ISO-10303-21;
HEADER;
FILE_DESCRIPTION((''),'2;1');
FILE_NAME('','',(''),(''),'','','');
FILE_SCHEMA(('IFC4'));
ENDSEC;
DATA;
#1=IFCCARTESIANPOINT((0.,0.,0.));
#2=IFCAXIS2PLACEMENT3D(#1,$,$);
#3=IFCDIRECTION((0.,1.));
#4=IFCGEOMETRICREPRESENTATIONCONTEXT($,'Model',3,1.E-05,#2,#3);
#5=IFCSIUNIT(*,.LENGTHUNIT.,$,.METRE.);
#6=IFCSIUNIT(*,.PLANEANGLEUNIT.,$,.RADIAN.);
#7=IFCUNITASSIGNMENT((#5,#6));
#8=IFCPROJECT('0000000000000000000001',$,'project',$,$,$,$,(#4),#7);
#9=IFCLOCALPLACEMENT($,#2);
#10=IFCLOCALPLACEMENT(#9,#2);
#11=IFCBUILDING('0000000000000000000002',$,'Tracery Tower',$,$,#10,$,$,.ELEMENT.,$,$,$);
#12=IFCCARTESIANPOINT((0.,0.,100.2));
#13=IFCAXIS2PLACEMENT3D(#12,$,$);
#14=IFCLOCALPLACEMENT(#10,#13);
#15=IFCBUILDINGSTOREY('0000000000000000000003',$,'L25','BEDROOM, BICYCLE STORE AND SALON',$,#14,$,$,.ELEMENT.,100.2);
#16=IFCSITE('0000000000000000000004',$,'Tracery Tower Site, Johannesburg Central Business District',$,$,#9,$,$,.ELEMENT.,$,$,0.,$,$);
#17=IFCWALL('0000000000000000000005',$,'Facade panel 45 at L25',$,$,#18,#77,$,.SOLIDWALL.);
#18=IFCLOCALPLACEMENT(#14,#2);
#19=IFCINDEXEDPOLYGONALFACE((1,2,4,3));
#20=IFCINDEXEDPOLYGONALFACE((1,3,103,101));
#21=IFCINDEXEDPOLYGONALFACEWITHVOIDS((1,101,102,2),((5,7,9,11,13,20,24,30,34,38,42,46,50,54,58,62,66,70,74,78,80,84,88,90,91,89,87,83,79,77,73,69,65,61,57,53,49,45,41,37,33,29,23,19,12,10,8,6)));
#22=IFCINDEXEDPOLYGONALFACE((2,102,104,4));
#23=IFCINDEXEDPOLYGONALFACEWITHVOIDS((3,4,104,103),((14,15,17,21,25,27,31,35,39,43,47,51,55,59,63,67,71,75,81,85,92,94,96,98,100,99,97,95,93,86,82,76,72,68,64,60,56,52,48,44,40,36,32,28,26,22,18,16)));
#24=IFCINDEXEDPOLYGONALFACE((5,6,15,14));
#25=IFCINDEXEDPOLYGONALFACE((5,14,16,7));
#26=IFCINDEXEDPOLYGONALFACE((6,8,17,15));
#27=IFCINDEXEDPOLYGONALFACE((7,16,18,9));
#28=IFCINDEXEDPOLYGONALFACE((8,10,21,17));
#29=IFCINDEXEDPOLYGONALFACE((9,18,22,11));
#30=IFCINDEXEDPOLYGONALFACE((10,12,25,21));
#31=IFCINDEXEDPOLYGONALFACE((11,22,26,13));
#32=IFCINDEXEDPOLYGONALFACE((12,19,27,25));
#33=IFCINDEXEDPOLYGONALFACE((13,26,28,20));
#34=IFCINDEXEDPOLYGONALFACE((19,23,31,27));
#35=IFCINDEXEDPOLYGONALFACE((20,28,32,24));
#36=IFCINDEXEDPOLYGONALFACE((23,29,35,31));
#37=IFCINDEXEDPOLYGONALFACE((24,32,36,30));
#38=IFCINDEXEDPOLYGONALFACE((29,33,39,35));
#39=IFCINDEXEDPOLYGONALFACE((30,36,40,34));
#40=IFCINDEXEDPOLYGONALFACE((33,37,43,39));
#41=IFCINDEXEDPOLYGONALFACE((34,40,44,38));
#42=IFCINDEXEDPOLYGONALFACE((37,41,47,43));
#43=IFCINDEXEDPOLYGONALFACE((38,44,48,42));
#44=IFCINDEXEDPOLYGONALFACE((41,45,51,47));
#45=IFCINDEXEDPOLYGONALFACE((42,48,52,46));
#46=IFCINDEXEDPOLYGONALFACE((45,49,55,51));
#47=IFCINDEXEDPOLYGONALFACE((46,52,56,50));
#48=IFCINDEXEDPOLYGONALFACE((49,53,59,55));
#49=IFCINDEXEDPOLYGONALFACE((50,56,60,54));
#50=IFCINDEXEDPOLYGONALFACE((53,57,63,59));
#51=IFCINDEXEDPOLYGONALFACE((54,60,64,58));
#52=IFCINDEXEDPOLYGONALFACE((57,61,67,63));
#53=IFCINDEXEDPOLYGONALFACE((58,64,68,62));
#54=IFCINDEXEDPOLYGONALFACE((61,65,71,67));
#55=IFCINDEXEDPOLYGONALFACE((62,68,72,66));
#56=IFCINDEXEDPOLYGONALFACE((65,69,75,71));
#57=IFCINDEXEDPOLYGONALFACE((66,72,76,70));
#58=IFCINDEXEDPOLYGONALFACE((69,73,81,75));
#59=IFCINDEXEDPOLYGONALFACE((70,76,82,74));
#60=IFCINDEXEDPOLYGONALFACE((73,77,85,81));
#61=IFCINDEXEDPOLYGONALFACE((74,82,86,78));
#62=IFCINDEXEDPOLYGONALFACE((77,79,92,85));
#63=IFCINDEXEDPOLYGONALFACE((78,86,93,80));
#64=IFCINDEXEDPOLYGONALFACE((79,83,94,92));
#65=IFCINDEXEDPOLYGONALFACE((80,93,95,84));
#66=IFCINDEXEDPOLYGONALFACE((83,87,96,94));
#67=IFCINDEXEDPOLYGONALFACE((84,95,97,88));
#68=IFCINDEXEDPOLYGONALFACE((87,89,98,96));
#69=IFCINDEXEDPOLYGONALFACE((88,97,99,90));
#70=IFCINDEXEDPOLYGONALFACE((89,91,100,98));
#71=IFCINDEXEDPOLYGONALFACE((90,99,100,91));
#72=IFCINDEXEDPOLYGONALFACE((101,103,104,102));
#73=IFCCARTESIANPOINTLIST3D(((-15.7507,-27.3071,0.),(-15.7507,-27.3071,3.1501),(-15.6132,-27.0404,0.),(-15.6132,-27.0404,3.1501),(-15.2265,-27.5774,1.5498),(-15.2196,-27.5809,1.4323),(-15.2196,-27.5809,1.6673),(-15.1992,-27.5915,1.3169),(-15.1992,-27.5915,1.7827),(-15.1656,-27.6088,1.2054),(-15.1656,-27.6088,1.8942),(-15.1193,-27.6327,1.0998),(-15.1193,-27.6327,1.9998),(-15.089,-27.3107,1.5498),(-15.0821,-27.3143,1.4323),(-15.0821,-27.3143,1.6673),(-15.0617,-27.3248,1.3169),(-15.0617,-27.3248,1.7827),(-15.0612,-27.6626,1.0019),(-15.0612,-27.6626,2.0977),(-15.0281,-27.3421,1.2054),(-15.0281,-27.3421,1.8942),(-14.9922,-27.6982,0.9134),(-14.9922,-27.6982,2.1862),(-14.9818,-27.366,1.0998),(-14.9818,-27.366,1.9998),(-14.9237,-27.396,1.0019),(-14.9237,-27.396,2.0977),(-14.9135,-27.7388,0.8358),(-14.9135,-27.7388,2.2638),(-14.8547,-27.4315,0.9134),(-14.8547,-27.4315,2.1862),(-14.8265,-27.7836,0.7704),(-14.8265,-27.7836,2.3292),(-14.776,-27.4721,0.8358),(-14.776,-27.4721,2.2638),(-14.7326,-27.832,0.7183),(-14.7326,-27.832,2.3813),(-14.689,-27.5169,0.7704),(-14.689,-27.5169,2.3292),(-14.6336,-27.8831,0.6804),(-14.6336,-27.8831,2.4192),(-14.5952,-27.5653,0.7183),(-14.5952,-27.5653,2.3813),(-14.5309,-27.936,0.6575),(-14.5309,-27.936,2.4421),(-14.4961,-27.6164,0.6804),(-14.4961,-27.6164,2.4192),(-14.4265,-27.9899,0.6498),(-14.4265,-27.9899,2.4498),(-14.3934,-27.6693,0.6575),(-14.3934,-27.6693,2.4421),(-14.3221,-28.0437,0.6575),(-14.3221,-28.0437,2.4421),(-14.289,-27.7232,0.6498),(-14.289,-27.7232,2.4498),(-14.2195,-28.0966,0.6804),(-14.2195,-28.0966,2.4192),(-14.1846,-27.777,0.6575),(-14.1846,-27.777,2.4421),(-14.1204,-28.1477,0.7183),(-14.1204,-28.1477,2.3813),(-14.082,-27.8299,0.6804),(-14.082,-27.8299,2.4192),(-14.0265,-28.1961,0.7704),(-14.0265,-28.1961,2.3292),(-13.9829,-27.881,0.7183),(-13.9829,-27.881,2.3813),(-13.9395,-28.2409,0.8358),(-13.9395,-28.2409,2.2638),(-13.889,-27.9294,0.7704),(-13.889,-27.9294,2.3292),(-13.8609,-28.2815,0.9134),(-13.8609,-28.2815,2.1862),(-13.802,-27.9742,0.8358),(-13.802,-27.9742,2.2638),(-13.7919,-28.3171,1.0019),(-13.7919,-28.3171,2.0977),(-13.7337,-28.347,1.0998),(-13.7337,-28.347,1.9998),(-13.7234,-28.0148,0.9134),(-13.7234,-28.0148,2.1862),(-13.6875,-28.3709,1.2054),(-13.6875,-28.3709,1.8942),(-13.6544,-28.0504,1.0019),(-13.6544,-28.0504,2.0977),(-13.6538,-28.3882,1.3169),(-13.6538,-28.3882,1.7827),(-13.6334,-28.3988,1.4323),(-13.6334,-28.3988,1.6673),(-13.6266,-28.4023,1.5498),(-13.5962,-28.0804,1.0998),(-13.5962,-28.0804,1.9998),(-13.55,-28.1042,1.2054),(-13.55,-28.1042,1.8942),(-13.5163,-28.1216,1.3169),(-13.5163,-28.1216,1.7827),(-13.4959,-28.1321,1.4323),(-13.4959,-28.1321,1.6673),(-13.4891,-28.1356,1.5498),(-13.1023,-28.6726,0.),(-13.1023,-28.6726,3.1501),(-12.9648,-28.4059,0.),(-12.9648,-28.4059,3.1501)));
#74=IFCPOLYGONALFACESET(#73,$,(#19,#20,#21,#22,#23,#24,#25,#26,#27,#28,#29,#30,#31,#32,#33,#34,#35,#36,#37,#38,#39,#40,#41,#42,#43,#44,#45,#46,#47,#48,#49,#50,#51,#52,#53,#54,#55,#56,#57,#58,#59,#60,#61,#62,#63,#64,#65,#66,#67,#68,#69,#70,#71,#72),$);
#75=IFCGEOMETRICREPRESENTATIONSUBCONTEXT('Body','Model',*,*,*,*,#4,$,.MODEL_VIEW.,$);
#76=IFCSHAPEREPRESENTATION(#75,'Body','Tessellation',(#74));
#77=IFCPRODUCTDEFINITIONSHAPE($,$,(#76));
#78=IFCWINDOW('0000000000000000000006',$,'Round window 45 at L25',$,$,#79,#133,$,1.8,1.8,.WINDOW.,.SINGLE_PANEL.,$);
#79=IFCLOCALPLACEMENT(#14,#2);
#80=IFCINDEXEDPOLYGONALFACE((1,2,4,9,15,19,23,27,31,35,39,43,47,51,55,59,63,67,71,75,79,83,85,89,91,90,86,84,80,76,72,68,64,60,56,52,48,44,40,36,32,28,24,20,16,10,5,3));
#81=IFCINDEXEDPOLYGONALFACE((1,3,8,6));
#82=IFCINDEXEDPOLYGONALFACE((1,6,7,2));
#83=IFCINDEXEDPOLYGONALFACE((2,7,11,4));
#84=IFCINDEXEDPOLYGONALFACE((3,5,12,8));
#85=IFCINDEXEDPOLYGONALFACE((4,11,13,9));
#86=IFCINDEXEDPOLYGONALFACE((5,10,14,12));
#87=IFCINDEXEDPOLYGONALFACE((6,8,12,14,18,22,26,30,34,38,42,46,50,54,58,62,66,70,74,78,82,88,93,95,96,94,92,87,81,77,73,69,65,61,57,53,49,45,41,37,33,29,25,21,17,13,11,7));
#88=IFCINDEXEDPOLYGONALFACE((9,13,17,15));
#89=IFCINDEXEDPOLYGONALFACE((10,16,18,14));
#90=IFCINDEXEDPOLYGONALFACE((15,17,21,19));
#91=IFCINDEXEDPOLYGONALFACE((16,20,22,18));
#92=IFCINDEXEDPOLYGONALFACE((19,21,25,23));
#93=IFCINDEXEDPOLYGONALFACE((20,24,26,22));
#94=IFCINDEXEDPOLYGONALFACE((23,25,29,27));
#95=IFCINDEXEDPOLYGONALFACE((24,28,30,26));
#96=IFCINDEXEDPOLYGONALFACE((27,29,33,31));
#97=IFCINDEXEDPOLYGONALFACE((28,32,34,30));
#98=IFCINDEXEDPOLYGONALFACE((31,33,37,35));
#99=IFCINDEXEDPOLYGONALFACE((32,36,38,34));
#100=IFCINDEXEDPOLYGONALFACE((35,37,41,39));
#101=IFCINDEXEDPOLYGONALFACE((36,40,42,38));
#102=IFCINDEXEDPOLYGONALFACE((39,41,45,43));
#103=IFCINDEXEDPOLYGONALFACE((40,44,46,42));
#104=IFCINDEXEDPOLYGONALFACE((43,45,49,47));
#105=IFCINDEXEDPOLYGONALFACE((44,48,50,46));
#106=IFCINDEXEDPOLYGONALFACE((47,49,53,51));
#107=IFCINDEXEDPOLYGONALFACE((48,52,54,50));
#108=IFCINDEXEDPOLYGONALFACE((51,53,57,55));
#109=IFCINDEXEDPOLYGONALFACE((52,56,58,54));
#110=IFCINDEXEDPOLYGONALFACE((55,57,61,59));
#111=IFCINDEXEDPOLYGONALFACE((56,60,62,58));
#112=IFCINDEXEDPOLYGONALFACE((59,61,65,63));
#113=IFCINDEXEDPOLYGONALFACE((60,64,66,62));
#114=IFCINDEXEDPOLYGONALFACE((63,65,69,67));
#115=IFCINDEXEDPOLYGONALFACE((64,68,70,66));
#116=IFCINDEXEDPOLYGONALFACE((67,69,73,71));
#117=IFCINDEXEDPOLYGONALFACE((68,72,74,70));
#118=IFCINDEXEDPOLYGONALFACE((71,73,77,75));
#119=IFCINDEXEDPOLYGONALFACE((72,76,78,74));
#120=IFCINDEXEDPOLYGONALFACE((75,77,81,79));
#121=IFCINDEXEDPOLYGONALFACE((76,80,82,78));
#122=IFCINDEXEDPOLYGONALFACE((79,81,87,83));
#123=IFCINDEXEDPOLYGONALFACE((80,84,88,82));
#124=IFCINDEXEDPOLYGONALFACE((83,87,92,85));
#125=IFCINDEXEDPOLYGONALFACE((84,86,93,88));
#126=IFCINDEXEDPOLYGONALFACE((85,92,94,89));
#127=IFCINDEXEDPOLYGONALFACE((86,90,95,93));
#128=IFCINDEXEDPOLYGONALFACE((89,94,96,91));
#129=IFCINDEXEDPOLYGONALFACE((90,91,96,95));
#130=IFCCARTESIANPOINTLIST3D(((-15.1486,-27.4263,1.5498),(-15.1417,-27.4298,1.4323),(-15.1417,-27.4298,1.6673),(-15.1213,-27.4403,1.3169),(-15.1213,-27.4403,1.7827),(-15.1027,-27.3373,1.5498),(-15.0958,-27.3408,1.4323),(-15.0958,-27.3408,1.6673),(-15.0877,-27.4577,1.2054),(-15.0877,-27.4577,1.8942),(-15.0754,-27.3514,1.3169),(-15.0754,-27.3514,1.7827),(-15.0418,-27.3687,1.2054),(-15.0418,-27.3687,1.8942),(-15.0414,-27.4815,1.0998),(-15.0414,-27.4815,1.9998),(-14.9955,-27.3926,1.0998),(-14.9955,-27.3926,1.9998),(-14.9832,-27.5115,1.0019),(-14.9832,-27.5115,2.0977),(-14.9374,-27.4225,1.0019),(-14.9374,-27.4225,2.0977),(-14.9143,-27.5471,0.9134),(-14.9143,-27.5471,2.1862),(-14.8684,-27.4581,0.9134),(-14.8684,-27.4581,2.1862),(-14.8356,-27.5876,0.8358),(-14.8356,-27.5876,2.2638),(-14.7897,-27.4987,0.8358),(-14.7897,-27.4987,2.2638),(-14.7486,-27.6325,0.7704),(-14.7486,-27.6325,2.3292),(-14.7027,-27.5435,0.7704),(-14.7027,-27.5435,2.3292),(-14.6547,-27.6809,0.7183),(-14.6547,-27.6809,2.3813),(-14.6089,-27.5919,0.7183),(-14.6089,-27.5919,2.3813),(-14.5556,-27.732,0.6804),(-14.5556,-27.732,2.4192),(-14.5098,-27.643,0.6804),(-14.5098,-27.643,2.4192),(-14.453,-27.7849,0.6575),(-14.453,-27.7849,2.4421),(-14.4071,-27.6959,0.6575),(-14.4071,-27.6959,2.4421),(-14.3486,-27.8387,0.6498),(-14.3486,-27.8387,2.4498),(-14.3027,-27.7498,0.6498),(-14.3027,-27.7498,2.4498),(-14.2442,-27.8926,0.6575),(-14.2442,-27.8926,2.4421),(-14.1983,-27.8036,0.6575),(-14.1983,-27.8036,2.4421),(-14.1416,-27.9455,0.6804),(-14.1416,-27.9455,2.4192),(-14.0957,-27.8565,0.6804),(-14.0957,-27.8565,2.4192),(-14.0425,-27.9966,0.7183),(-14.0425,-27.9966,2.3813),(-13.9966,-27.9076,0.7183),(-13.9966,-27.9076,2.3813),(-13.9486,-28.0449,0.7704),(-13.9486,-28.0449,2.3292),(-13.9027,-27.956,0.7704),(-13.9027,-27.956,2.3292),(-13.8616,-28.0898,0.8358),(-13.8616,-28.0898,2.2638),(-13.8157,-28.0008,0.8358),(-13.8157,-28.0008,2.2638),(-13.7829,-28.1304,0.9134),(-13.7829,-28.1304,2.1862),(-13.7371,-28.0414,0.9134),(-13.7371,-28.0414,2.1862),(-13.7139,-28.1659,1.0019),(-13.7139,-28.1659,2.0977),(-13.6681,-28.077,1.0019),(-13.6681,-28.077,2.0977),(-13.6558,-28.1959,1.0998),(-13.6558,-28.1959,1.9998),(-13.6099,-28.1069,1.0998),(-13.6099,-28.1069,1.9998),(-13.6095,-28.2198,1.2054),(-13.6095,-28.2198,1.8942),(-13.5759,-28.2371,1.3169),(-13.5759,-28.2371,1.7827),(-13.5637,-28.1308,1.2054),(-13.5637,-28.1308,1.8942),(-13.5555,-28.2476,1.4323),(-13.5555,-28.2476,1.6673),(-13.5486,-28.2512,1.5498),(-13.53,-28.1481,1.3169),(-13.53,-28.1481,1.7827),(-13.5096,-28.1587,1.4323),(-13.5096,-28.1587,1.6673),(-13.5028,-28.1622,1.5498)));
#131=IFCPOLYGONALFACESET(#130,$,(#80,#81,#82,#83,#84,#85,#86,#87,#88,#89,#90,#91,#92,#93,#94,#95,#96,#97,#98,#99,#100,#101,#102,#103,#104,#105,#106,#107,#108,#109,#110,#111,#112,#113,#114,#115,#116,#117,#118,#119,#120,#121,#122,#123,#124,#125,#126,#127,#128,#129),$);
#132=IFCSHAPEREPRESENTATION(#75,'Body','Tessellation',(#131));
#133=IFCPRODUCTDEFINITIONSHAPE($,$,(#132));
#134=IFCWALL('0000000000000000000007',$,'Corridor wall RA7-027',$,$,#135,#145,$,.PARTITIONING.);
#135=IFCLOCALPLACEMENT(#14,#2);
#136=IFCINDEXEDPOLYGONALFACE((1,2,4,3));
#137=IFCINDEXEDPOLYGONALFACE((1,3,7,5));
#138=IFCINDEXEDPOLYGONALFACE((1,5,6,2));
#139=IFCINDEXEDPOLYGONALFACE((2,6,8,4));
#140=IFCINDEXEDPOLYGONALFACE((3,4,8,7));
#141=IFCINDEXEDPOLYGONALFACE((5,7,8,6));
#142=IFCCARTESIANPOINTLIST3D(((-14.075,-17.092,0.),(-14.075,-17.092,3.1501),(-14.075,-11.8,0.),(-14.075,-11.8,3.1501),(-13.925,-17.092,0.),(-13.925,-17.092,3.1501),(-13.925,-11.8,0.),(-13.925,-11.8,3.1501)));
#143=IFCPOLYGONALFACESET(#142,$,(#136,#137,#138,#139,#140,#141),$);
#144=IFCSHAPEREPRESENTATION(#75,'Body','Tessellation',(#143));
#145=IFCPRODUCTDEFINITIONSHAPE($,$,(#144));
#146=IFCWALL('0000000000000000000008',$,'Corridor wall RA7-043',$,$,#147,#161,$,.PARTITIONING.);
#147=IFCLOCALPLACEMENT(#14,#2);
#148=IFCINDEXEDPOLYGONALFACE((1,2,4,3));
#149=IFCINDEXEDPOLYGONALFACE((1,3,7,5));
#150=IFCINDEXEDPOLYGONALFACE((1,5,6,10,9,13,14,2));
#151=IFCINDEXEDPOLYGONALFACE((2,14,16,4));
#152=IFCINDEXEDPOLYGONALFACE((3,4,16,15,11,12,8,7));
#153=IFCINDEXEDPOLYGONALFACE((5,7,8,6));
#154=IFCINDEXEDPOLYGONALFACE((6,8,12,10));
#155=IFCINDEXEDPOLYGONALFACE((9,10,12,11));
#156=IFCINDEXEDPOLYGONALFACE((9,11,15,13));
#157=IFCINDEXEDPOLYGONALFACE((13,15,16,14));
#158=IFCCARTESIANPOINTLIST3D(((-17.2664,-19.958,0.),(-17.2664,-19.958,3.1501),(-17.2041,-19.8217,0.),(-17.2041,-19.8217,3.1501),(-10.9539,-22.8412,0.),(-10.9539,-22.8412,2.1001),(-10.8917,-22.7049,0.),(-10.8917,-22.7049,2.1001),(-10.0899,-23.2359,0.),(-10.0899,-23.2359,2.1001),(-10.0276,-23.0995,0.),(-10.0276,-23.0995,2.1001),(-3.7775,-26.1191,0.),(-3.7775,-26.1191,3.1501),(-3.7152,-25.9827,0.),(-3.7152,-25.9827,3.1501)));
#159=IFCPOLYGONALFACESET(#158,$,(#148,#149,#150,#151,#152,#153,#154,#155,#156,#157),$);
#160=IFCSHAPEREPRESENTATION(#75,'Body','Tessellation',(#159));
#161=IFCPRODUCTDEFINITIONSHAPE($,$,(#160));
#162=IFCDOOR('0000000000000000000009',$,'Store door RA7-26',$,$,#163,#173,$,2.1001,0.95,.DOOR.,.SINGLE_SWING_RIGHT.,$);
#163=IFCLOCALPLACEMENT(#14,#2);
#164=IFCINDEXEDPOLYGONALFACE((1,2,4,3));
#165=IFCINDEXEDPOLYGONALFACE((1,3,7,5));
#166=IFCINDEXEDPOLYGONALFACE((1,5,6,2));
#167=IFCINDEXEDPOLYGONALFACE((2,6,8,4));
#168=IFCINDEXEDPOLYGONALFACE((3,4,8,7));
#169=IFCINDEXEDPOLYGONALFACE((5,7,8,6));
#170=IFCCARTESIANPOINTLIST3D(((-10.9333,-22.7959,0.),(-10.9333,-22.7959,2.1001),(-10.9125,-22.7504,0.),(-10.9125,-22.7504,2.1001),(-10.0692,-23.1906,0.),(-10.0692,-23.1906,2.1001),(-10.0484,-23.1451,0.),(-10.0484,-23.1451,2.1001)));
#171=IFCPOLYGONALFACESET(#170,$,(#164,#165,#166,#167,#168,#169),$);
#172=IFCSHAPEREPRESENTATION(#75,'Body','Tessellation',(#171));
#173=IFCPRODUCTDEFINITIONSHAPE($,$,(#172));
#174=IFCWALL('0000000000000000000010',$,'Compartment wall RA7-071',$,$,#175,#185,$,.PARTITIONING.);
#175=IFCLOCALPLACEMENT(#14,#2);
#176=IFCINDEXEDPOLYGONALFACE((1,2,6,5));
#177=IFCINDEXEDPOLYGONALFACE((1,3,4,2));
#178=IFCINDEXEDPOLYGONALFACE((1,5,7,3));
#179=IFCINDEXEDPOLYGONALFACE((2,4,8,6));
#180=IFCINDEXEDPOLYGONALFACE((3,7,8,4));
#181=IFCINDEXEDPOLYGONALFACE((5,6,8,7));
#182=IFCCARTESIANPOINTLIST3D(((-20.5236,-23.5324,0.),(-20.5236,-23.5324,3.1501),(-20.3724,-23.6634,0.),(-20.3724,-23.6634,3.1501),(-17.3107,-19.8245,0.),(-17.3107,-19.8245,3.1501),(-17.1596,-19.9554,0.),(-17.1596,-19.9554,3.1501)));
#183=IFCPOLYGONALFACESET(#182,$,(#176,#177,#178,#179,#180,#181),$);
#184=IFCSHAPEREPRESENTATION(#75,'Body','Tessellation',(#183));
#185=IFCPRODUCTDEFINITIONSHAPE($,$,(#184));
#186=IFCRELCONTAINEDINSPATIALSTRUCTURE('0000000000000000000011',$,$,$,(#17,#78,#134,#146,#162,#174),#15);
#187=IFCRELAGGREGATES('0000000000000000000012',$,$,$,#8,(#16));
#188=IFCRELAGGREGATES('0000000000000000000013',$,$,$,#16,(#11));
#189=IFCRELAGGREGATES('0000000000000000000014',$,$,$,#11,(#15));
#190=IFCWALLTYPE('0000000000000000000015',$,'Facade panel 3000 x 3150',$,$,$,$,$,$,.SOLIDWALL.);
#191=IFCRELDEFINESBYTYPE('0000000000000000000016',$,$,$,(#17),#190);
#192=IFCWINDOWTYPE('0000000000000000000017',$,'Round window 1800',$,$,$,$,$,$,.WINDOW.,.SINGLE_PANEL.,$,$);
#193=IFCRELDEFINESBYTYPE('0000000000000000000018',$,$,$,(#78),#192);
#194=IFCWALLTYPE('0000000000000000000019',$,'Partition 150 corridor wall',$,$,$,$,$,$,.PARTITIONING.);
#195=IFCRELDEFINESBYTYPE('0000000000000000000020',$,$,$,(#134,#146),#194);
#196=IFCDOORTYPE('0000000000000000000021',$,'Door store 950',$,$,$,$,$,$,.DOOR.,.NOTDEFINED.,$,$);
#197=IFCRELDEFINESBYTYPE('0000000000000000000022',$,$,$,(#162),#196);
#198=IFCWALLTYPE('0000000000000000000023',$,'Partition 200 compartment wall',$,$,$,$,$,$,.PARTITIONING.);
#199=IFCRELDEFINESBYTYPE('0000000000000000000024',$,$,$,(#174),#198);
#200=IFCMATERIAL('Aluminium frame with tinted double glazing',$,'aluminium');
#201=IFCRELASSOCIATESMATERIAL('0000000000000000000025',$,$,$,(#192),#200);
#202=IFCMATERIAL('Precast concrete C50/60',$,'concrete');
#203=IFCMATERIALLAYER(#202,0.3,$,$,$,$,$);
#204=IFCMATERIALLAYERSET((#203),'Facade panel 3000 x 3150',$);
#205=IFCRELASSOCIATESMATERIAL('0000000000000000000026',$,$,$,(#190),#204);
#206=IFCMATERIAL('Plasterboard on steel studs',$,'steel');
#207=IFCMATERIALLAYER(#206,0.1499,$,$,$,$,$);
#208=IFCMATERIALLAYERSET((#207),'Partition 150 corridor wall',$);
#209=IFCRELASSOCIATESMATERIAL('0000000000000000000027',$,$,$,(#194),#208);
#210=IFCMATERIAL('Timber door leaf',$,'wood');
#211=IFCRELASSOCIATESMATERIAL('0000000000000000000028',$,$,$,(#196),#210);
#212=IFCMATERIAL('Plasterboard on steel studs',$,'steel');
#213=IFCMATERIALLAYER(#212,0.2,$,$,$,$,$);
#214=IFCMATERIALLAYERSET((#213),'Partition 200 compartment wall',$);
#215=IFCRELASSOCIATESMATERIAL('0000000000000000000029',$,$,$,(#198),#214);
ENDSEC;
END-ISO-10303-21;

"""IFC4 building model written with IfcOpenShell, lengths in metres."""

from ifc_helpers import new_model, si_unit, direction, frame, frame_2d, origin, origin_2d, place, context, subcontext, project, spatial, rectangle, circle, extrude, material, layer, layer_set, type_object, element, fill, save


model = new_model("IFC4")

# Units and contexts
model_context = context("Model", 3, precision=1e-05, world=origin(), true_north=direction((0.0, 1.0)))
body_context = subcontext(model_context, "Body", "Model", "MODEL_VIEW")
ifc_project = project(units=[si_unit("LENGTHUNIT", "METRE"), si_unit("PLANEANGLEUNIT", "RADIAN")], contexts=[model_context])

# Site, building, storey
site_placement = place(None, origin())
site = spatial("IfcSite", under=ifc_project, at=site_placement, Name="Tracery Tower Site, Johannesburg Central Business District", CompositionType="ELEMENT", RefElevation=0.0)
building_placement = place(site_placement, origin())
building = spatial("IfcBuilding", under=site, at=building_placement, Name="Tracery Tower", CompositionType="ELEMENT")
storey_placement = place(building_placement, frame((0.0, 0.0, 100.2)))
storey = spatial("IfcBuildingStorey", under=building, at=storey_placement, Name="L25", Description="BEDROOM, BICYCLE STORE AND SALON", CompositionType="ELEMENT", Elevation=100.2)

# Wall, opening, window
ifc_material_1 = material(Name="Aluminium frame with tinted double glazing", Category="aluminium")
window_type = type_object("IfcWindowType", Name="Round window 1800", PartitioningType="SINGLE_PANEL", PredefinedType="WINDOW", material=ifc_material_1)
ifc_material_2 = material(Name="Precast concrete C50/60", Category="concrete")
ifc_layer_1 = layer(ifc_material_2, 0.3)
ifc_layer_set_1 = layer_set([ifc_layer_1], Name="Facade panel 3000 x 3150")
wall_type_1 = type_object("IfcWallType", Name="Facade panel 3000 x 3150", PredefinedType="SOLIDWALL", material=ifc_layer_set_1)
wall_1_placement = place(storey_placement, frame((-15.6819, -27.1738, 0.0), z_axis=(0.0, 0.0, 1.0), x_axis=(0.88882, -0.458257, 0.0)))
wall_1 = element("IfcWall", 1, at=wall_1_placement, inside=storey, type_object=wall_type_1, Name="Facade panel 45 at L25", PredefinedType="SOLIDWALL", context=body_context, shape_type="SweptSolid", body=[
    extrude(rectangle(XDim=2.9797, YDim=0.3, at=frame_2d((1.4897, 0.0))), origin(), (0.0, 0.0, 1.0), 3.1501),
])
opening_1_placement = place(wall_1_placement, frame((1.4897, 0.0, 1.5498)))
opening_1 = element("IfcOpeningElement", 2, at=opening_1_placement, cuts=wall_1, PredefinedType="OPENING", context=body_context, shape_type="SweptSolid", body=[
    extrude(circle(Radius=0.9, at=origin_2d()), frame((0.0, 0.1599, 0.0), z_axis=(0.0, -1.0, 0.0), x_axis=(1.0, 0.0, 0.0)), (0.0, 0.0, 1.0), 0.3201),
])
window_1_placement = place(opening_1_placement, origin())
window_1 = element("IfcWindow", 3, at=window_1_placement, inside=storey, type_object=window_type, Name="Round window 45 at L25", OverallHeight=1.8, OverallWidth=1.8, PartitioningType="SINGLE_PANEL", PredefinedType="WINDOW", context=body_context, shape_type="SweptSolid", body=[
    extrude(circle(Radius=0.9, at=origin_2d()), frame((0.0, 0.1201, 0.0), z_axis=(0.0, -1.0, 0.0), x_axis=(1.0, 0.0, 0.0)), (0.0, 0.0, 1.0), 0.1001),
])
fill(opening_1, window_1)

# Wall
ifc_material_3 = material(Name="Plasterboard on steel studs", Category="steel")
ifc_layer_2 = layer(ifc_material_3, 0.1499)
ifc_layer_set_2 = layer_set([ifc_layer_2], Name="Partition 150 corridor wall")
wall_type_2 = type_object("IfcWallType", Name="Partition 150 corridor wall", PredefinedType="PARTITIONING", material=ifc_layer_set_2)
wall_2_placement = place(storey_placement, frame((-14.0, -17.092, 0.0), z_axis=(0.0, 0.0, 1.0), x_axis=(0.0, 1.0, 0.0)))
element("IfcWall", 4, at=wall_2_placement, inside=storey, type_object=wall_type_2, Name="Corridor wall RA7-027", PredefinedType="PARTITIONING", context=body_context, shape_type="SweptSolid", body=[
    extrude(rectangle(XDim=5.292, YDim=0.1499, at=frame_2d((2.646, 0.0))), origin(), (0.0, 0.0, 1.0), 3.1501),
])

# Wall, opening, door
wall_3_placement = place(storey_placement, frame((-17.2351, -19.8899, 0.0), z_axis=(0.0, 0.0, 1.0), x_axis=(0.909609, -0.415466, 0.0)))
wall_3 = element("IfcWall", 5, at=wall_3_placement, inside=storey, type_object=wall_type_2, Name="Corridor wall RA7-043", PredefinedType="PARTITIONING", context=body_context, shape_type="SweptSolid", body=[
    extrude(rectangle(XDim=14.8293, YDim=0.1499, at=frame_2d((7.4146, 0.0))), origin(), (0.0, 0.0, 1.0), 3.1501),
])
opening_2_placement = place(wall_3_placement, frame((6.9395, 0.0, 0.0)))
opening_2 = element("IfcOpeningElement", 6, at=opening_2_placement, cuts=wall_3, PredefinedType="OPENING", context=body_context, shape_type="SweptSolid", body=[
    extrude(rectangle(XDim=0.95, YDim=2.1001, at=frame_2d((0.4751, 1.05))), frame((0.0, 0.075, 0.0), z_axis=(0.0, -1.0, 0.0), x_axis=(1.0, 0.0, 0.0)), (0.0, 0.0, 1.0), 0.1499),
])
ifc_material_4 = material(Name="Timber door leaf", Category="wood")
door_type = type_object("IfcDoorType", Name="Door store 950", OperationType="NOTDEFINED", PredefinedType="DOOR", material=ifc_material_4)
door_placement = place(opening_2_placement, origin())
door = element("IfcDoor", 7, at=door_placement, inside=storey, type_object=door_type, Name="Store door RA7-26", OperationType="SINGLE_SWING_RIGHT", OverallHeight=2.1001, OverallWidth=0.95, PredefinedType="DOOR", context=body_context, shape_type="SweptSolid", body=[
    extrude(rectangle(XDim=0.95, YDim=2.1001, at=frame_2d((0.4751, 1.05))), frame((0.0, 0.0249, 0.0), z_axis=(0.0, -1.0, 0.0), x_axis=(1.0, 0.0, 0.0)), (0.0, 0.0, 1.0), 0.05),
])
fill(opening_2, door)

# Wall
ifc_material_5 = material(Name="Plasterboard on steel studs", Category="steel")
ifc_layer_3 = layer(ifc_material_5, 0.2)
ifc_layer_set_3 = layer_set([ifc_layer_3], Name="Partition 200 compartment wall")
wall_type_3 = type_object("IfcWallType", Name="Partition 200 compartment wall", PredefinedType="PARTITIONING", material=ifc_layer_set_3)
wall_4_placement = place(storey_placement, frame((-20.448, -23.5979, 0.0), z_axis=(0.0, 0.0, 1.0), x_axis=(0.654847, 0.755761, 0.0)))
element("IfcWall", 8, at=wall_4_placement, inside=storey, type_object=wall_type_3, Name="Compartment wall RA7-071", PredefinedType="PARTITIONING", context=body_context, shape_type="SweptSolid", body=[
    extrude(rectangle(XDim=4.9062, YDim=0.2, at=frame_2d((2.4531, 0.0))), origin(), (0.0, 0.0, 1.0), 3.1501),
])

save(model, "model.ifc")
